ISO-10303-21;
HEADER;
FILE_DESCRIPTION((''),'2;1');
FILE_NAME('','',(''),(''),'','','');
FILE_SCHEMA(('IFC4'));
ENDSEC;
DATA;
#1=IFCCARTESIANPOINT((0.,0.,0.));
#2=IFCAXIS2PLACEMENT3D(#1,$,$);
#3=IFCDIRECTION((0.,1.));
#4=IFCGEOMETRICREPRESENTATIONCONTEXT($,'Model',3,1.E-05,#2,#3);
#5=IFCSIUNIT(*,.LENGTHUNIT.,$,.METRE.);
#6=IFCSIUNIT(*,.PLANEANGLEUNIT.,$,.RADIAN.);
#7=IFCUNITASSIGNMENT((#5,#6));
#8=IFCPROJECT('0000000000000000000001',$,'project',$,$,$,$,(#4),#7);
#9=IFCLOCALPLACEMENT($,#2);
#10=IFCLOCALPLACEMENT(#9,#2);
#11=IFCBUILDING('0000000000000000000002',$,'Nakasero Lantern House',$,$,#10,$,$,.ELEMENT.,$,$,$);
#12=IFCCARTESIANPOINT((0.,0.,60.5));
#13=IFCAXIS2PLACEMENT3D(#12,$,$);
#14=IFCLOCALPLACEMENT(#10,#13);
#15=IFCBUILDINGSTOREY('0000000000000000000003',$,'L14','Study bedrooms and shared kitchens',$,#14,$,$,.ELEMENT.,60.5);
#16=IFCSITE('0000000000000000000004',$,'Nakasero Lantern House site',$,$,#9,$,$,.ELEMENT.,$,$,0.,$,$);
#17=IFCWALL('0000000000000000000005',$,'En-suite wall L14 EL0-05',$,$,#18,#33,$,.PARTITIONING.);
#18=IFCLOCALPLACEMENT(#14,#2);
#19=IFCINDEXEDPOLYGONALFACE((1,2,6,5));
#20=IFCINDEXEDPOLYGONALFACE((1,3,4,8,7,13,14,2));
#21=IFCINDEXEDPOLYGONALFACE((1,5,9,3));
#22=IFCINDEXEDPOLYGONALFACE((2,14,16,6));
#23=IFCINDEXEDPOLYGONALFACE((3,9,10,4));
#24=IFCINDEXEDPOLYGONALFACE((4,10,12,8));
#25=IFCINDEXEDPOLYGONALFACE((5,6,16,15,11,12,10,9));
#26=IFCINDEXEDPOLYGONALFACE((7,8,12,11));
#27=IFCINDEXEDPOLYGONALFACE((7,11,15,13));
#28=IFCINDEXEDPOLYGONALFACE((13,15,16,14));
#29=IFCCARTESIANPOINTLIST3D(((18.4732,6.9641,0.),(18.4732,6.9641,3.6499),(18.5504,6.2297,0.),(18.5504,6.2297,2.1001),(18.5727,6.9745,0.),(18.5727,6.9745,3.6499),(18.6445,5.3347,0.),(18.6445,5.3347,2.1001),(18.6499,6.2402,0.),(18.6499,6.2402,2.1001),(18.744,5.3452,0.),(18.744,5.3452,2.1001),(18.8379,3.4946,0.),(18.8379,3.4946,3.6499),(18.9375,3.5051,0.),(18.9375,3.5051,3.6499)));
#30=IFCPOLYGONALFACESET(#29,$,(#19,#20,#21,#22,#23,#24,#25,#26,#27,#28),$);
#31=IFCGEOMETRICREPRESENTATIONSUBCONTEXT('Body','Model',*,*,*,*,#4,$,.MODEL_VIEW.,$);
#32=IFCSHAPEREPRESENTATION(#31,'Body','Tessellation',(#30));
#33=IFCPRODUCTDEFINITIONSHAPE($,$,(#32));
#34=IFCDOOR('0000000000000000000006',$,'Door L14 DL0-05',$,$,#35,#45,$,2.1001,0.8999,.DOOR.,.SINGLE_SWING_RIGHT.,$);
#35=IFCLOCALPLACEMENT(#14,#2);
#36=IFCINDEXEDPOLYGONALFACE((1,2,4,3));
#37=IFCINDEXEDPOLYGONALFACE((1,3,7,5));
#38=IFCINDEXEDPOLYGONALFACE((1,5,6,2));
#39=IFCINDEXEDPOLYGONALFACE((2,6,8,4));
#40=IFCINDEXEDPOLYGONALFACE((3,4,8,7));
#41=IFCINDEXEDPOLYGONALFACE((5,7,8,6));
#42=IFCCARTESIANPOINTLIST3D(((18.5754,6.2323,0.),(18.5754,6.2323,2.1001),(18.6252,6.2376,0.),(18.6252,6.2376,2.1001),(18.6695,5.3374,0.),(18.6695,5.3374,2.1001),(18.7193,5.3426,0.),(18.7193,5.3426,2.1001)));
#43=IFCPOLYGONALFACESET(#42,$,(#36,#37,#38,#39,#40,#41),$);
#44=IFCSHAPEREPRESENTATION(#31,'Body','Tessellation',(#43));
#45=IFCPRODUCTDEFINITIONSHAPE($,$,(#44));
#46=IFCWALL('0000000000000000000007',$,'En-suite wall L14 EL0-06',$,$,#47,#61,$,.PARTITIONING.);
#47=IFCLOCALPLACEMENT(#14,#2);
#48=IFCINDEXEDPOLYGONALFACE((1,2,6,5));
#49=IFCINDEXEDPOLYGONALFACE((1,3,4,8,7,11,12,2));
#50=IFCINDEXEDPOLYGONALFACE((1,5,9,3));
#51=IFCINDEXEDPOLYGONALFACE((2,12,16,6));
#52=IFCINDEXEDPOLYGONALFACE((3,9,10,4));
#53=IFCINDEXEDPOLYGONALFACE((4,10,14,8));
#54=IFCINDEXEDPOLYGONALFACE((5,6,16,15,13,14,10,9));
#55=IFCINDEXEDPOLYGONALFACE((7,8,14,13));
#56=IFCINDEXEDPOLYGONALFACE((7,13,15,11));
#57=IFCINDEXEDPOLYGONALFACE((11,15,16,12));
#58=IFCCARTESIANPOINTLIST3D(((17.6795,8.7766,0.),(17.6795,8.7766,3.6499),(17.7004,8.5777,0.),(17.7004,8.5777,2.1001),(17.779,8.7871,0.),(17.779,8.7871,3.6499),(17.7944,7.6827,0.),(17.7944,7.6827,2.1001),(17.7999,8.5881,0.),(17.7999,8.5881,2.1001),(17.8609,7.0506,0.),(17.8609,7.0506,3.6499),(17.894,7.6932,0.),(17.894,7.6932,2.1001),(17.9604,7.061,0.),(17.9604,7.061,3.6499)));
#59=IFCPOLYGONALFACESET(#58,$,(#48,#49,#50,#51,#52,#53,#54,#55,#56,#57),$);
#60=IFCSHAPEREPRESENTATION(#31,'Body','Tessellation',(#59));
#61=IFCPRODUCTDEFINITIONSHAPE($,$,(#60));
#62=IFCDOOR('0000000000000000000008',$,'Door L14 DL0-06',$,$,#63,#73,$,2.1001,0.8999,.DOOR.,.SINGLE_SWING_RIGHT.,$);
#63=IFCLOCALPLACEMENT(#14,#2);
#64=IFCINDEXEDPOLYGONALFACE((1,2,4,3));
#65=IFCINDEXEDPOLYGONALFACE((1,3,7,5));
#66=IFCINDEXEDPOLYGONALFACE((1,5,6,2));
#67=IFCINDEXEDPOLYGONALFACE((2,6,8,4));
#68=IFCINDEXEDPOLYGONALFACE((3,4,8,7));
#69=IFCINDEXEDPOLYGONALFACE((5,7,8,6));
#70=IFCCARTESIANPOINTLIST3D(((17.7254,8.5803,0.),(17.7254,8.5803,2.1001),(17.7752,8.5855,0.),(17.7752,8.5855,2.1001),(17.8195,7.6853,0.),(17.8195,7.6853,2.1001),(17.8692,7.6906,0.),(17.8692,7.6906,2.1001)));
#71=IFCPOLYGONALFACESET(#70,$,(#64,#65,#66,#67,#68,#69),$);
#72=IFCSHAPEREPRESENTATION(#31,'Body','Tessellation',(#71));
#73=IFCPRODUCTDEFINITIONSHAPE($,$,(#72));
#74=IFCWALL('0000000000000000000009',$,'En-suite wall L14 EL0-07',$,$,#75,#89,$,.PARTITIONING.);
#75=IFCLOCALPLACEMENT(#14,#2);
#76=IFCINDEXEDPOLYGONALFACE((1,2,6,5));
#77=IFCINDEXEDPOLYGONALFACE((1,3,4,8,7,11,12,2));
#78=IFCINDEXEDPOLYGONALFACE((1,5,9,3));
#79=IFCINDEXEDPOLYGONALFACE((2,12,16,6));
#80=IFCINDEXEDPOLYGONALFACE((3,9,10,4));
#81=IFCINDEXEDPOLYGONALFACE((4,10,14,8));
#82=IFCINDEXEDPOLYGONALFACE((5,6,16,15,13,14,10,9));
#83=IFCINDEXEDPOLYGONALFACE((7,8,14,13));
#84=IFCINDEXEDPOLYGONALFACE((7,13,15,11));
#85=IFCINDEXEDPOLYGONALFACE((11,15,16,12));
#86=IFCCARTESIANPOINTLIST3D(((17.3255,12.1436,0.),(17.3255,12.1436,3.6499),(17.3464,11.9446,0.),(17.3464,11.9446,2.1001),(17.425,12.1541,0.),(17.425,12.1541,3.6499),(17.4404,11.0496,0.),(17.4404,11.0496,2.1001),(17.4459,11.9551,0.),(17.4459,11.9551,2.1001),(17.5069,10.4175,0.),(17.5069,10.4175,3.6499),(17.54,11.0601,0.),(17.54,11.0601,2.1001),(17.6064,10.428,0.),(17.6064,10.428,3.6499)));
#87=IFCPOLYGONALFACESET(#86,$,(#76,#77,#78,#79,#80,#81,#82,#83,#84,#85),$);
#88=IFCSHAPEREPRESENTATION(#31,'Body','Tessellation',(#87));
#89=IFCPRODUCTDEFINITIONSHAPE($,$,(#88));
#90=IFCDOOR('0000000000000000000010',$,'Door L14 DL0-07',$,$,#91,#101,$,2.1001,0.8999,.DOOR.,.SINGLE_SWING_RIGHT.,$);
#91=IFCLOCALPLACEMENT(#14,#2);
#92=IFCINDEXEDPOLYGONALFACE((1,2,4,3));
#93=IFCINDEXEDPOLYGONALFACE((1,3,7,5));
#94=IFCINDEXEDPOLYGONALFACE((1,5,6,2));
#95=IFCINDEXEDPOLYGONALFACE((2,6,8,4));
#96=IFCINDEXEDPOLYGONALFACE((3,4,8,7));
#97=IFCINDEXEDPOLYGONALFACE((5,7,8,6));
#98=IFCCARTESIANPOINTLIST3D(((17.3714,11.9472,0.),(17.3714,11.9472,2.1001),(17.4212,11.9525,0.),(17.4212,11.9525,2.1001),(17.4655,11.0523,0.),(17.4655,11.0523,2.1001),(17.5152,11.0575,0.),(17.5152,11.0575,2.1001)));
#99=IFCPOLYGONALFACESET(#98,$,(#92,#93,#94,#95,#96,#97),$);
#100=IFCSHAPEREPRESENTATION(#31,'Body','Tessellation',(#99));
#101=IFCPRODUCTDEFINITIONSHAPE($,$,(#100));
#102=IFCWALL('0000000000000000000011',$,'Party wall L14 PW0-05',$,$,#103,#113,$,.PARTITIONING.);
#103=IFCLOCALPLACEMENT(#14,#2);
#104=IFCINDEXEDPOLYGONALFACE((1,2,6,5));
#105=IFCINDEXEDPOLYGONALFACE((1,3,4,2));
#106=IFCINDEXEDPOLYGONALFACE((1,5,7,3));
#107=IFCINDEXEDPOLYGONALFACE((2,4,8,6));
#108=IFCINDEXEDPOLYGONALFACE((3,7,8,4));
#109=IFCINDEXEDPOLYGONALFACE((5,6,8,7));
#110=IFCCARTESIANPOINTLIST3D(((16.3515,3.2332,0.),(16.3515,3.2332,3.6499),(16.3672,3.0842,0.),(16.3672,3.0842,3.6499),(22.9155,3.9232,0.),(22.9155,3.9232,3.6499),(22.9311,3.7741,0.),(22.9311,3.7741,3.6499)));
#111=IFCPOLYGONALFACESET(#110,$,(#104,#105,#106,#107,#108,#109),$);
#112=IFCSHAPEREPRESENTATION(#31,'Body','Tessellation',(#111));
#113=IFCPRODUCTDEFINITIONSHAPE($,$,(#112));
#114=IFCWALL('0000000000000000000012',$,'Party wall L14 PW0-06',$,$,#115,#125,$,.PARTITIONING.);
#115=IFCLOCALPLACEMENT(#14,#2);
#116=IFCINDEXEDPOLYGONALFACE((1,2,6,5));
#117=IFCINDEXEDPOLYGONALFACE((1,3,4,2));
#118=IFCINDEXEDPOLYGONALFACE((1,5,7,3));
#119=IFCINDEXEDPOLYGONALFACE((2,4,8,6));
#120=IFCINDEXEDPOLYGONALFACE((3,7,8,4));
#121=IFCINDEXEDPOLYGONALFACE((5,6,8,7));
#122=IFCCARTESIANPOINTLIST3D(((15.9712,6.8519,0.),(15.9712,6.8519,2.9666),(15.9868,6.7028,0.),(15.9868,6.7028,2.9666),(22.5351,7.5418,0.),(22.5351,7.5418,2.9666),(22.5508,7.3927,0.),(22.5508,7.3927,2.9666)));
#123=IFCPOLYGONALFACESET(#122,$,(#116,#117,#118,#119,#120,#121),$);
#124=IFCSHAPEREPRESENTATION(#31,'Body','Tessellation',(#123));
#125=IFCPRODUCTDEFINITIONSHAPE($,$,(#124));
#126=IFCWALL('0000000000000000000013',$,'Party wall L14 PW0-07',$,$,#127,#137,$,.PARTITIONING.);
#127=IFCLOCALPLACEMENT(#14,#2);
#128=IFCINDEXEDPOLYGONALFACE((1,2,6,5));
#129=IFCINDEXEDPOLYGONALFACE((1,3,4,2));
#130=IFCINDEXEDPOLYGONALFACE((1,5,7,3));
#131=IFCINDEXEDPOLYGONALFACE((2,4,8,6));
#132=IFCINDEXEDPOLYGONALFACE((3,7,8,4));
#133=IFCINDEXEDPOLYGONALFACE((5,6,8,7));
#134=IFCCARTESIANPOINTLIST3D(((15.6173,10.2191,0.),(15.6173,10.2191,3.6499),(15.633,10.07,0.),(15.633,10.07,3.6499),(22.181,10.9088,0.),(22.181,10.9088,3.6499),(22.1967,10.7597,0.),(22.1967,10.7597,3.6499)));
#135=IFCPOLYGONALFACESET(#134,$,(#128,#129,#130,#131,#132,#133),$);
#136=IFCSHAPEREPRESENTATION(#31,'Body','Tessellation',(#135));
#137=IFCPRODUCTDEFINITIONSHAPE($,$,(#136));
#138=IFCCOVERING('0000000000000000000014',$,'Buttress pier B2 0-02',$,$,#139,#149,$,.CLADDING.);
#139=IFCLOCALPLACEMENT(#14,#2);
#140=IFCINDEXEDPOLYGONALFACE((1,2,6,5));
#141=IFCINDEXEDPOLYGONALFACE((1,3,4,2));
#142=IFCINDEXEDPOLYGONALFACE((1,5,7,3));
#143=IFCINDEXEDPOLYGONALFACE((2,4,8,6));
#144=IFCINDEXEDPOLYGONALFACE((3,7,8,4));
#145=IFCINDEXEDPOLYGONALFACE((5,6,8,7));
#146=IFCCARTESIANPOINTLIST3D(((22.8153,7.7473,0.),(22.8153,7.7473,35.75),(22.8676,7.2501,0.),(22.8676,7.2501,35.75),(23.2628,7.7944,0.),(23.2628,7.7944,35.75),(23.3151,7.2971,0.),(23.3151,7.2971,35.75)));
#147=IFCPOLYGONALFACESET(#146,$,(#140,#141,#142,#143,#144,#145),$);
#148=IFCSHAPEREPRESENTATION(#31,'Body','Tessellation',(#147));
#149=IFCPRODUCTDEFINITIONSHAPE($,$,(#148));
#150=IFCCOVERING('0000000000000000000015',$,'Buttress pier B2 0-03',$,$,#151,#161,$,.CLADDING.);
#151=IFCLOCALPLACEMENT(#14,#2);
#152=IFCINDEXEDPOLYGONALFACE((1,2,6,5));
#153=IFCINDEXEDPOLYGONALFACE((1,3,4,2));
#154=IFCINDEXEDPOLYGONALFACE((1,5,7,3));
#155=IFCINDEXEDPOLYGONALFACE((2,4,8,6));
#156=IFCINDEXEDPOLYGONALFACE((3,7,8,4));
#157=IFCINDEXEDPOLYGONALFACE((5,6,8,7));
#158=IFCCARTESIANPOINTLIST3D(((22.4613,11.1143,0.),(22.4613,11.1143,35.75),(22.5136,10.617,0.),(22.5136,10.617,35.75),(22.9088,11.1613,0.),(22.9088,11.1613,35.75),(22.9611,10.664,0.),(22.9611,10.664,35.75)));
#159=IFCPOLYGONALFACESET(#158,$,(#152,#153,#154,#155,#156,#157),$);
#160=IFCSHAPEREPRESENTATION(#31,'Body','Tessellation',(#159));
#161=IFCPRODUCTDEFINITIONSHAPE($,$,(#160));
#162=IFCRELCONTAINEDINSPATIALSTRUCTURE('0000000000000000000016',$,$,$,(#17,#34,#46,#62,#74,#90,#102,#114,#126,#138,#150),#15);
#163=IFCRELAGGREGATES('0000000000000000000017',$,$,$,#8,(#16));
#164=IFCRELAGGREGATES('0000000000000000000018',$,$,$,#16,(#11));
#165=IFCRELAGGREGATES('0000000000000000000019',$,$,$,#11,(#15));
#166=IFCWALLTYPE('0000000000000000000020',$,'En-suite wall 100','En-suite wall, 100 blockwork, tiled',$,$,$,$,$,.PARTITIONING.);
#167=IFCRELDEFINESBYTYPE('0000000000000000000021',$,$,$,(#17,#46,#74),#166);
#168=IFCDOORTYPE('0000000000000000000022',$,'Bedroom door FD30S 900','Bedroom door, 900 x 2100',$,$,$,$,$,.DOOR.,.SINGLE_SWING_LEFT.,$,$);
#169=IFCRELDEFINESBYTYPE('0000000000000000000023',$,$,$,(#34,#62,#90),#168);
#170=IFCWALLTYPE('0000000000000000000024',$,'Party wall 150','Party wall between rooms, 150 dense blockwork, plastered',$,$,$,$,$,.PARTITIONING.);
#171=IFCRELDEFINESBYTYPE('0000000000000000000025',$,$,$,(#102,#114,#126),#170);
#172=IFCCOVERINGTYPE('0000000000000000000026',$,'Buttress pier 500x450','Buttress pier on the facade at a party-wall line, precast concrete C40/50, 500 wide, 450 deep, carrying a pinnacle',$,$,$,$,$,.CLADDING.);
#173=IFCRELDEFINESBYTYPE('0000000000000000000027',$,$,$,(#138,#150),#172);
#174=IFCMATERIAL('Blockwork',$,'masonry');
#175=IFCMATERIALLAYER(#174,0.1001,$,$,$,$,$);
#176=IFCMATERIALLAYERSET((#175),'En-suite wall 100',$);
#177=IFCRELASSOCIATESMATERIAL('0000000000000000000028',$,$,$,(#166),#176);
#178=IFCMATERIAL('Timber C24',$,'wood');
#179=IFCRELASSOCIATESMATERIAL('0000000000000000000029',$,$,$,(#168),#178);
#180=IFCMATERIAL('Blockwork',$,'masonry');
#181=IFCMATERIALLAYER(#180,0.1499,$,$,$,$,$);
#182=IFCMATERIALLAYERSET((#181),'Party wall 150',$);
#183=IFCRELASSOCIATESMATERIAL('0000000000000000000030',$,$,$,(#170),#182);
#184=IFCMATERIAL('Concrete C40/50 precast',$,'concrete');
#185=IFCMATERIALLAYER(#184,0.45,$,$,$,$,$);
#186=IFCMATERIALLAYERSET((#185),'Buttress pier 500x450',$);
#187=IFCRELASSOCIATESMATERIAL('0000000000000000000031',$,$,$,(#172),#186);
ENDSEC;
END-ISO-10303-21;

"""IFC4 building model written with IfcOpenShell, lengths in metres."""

from ifc_helpers import new_model, si_unit, direction, frame, frame_2d, origin, origin_2d, place, context, subcontext, project, spatial, rectangle, extrude, material, layer, layer_set, type_object, element, fill, save


model = new_model("IFC4")

# Units and contexts
model_context = context("Model", 3, precision=1e-05, world=origin(), true_north=direction((0.0, 1.0)))
body_context = subcontext(model_context, "Body", "Model", "MODEL_VIEW")
ifc_project = project(units=[si_unit("LENGTHUNIT", "METRE"), si_unit("PLANEANGLEUNIT", "RADIAN")], contexts=[model_context])

# Site, building, storey
site_placement = place(None, origin())
site = spatial("IfcSite", under=ifc_project, at=site_placement, Name="Nakasero Lantern House site", CompositionType="ELEMENT", RefElevation=0.0)
building_placement = place(site_placement, origin())
building = spatial("IfcBuilding", under=site, at=building_placement, Name="Nakasero Lantern House", CompositionType="ELEMENT")
storey_placement = place(building_placement, frame((0.0, 0.0, 60.5)))
storey = spatial("IfcBuildingStorey", under=building, at=storey_placement, Name="L14", Description="Study bedrooms and shared kitchens", CompositionType="ELEMENT", Elevation=60.5)

# Shared definitions
ifc_material_1 = material(Name="Blockwork", Category="masonry")
ifc_layer_1 = layer(ifc_material_1, 0.1001)
ifc_layer_set_1 = layer_set([ifc_layer_1], Name="En-suite wall 100")
wall_type_1 = type_object("IfcWallType", Name="En-suite wall 100", Description="En-suite wall, 100 blockwork, tiled", PredefinedType="PARTITIONING", material=ifc_layer_set_1)

# Walls, openings, doors
wall_1_placement = place(storey_placement, frame((18.8877, 3.5, 0.0), z_axis=(0.0, 0.0, 1.0), x_axis=(-0.104554, 0.994519, 0.0)))
wall_1 = element("IfcWall", 1, at=wall_1_placement, inside=storey, type_object=wall_type_1, Name="En-suite wall L14 EL0-05", PredefinedType="PARTITIONING", context=body_context, shape_type="SweptSolid", body=[
    extrude(rectangle(XDim=3.4885, YDim=0.1001, at=frame_2d((1.7441, 0.0))), origin(), (0.0, 0.0, 1.0), 3.6499),
])
opening_1_placement = place(wall_1_placement, frame((1.8501, 0.0, 0.0)))
opening_1 = element("IfcOpeningElement", 2, at=opening_1_placement, cuts=wall_1, PredefinedType="OPENING", context=body_context, shape_type="SweptSolid", body=[
    extrude(rectangle(XDim=0.8999, YDim=2.1001, at=frame_2d((0.45, 1.05))), frame((0.0, 0.0701, 0.0), z_axis=(0.0, -1.0, 0.0), x_axis=(1.0, 0.0, 0.0)), (0.0, 0.0, 1.0), 0.1401),
])
ifc_material_2 = material(Name="Timber C24", Category="wood")
door_type_1 = type_object("IfcDoorType", Name="Bedroom door FD30S 900", Description="Bedroom door, 900 x 2100", OperationType="SINGLE_SWING_LEFT", PredefinedType="DOOR", material=ifc_material_2)
door_1_placement = place(opening_1_placement, origin())
door_1 = element("IfcDoor", 3, at=door_1_placement, inside=storey, type_object=door_type_1, Name="Door L14 DL0-05", OperationType="SINGLE_SWING_RIGHT", OverallHeight=2.1001, OverallWidth=0.8999, PredefinedType="DOOR", context=body_context, shape_type="SweptSolid", body=[
    extrude(rectangle(XDim=0.8999, YDim=2.1001, at=frame_2d((0.45, 1.05))), frame((0.0, 0.0249, 0.0), z_axis=(0.0, -1.0, 0.0), x_axis=(1.0, 0.0, 0.0)), (0.0, 0.0, 1.0), 0.05),
])
fill(opening_1, door_1)
wall_2_placement = place(storey_placement, frame((17.9106, 7.0559, 0.0), z_axis=(0.0, 0.0, 1.0), x_axis=(-0.104516, 0.994523, 0.0)))
wall_2 = element("IfcWall", 4, at=wall_2_placement, inside=storey, type_object=wall_type_1, Name="En-suite wall L14 EL0-06", PredefinedType="PARTITIONING", context=body_context, shape_type="SweptSolid", body=[
    extrude(rectangle(XDim=1.7356, YDim=0.1001, at=frame_2d((0.8677, 0.0))), origin(), (0.0, 0.0, 1.0), 3.6499),
])
opening_2_placement = place(wall_2_placement, frame((0.6355, 0.0, 0.0)))
opening_2 = element("IfcOpeningElement", 5, at=opening_2_placement, cuts=wall_2, PredefinedType="OPENING", context=body_context, shape_type="SweptSolid", body=[
    extrude(rectangle(XDim=0.8999, YDim=2.1001, at=frame_2d((0.45, 1.05))), frame((0.0, 0.0701, 0.0), z_axis=(0.0, -1.0, 0.0), x_axis=(1.0, 0.0, 0.0)), (0.0, 0.0, 1.0), 0.1401),
])
door_2_placement = place(opening_2_placement, origin())
door_2 = element("IfcDoor", 6, at=door_2_placement, inside=storey, type_object=door_type_1, Name="Door L14 DL0-06", OperationType="SINGLE_SWING_RIGHT", OverallHeight=2.1001, OverallWidth=0.8999, PredefinedType="DOOR", context=body_context, shape_type="SweptSolid", body=[
    extrude(rectangle(XDim=0.8999, YDim=2.1001, at=frame_2d((0.45, 1.05))), frame((0.0, 0.0249, 0.0), z_axis=(0.0, -1.0, 0.0), x_axis=(1.0, 0.0, 0.0)), (0.0, 0.0, 1.0), 0.05),
])
fill(opening_2, door_2)
wall_3_placement = place(storey_placement, frame((17.5566, 10.4229, 0.0), z_axis=(0.0, 0.0, 1.0), x_axis=(-0.104516, 0.994523, 0.0)))
wall_3 = element("IfcWall", 7, at=wall_3_placement, inside=storey, type_object=wall_type_1, Name="En-suite wall L14 EL0-07", PredefinedType="PARTITIONING", context=body_context, shape_type="SweptSolid", body=[
    extrude(rectangle(XDim=1.7356, YDim=0.1001, at=frame_2d((0.8677, 0.0))), origin(), (0.0, 0.0, 1.0), 3.6499),
])
opening_3_placement = place(wall_3_placement, frame((0.6355, 0.0, 0.0)))
opening_3 = element("IfcOpeningElement", 8, at=opening_3_placement, cuts=wall_3, PredefinedType="OPENING", context=body_context, shape_type="SweptSolid", body=[
    extrude(rectangle(XDim=0.8999, YDim=2.1001, at=frame_2d((0.45, 1.05))), frame((0.0, 0.0701, 0.0), z_axis=(0.0, -1.0, 0.0), x_axis=(1.0, 0.0, 0.0)), (0.0, 0.0, 1.0), 0.1401),
])
door_3_placement = place(opening_3_placement, origin())
door_3 = element("IfcDoor", 9, at=door_3_placement, inside=storey, type_object=door_type_1, Name="Door L14 DL0-07", OperationType="SINGLE_SWING_RIGHT", OverallHeight=2.1001, OverallWidth=0.8999, PredefinedType="DOOR", context=body_context, shape_type="SweptSolid", body=[
    extrude(rectangle(XDim=0.8999, YDim=2.1001, at=frame_2d((0.45, 1.05))), frame((0.0, 0.0249, 0.0), z_axis=(0.0, -1.0, 0.0), x_axis=(1.0, 0.0, 0.0)), (0.0, 0.0, 1.0), 0.05),
])
fill(opening_3, door_3)

# Walls
ifc_material_3 = material(Name="Blockwork", Category="masonry")
ifc_layer_2 = layer(ifc_material_3, 0.1499)
ifc_layer_set_2 = layer_set([ifc_layer_2], Name="Party wall 150")
wall_type_2 = type_object("IfcWallType", Name="Party wall 150", Description="Party wall between rooms, 150 dense blockwork, plastered", PredefinedType="PARTITIONING", material=ifc_layer_set_2)
wall_4_placement = place(storey_placement, frame((16.3594, 3.1587, 0.0), z_axis=(0.0, 0.0, 1.0), x_axis=(0.994521, 0.104535, 0.0)))
element("IfcWall", 10, at=wall_4_placement, inside=storey, type_object=wall_type_2, Name="Party wall L14 PW0-05", PredefinedType="PARTITIONING", context=body_context, shape_type="SweptSolid", body=[
    extrude(rectangle(XDim=6.6001, YDim=0.1499, at=frame_2d((3.3, 0.0))), origin(), (0.0, 0.0, 1.0), 3.6499),
])
wall_5_placement = place(storey_placement, frame((15.979, 6.7773, 0.0), z_axis=(0.0, 0.0, 1.0), x_axis=(0.994521, 0.104535, 0.0)))
element("IfcWall", 11, at=wall_5_placement, inside=storey, type_object=wall_type_2, Name="Party wall L14 PW0-06", PredefinedType="PARTITIONING", context=body_context, shape_type="SweptSolid", body=[
    extrude(rectangle(XDim=6.6001, YDim=0.1499, at=frame_2d((3.3, 0.0))), origin(), (0.0, 0.0, 1.0), 2.9666),
])
wall_6_placement = place(storey_placement, frame((15.6252, 10.1445, 0.0), z_axis=(0.0, 0.0, 1.0), x_axis=(0.994525, 0.104502, 0.0)))
element("IfcWall", 12, at=wall_6_placement, inside=storey, type_object=wall_type_2, Name="Party wall L14 PW0-07", PredefinedType="PARTITIONING", context=body_context, shape_type="SweptSolid", body=[
    extrude(rectangle(XDim=6.5999, YDim=0.1499, at=frame_2d((3.2998, 0.0))), origin(), (0.0, 0.0, 1.0), 3.6499),
])

# Coverings
ifc_material_4 = material(Name="Concrete C40/50 precast", Category="concrete")
ifc_layer_3 = layer(ifc_material_4, 0.45)
ifc_layer_set_3 = layer_set([ifc_layer_3], Name="Buttress pier 500x450")
covering_type = type_object("IfcCoveringType", Name="Buttress pier 500x450", Description="Buttress pier on the facade at a party-wall line, precast concrete C40/50, 500 wide, 450 deep, carrying a pinnacle", PredefinedType="CLADDING", material=ifc_layer_set_3)
for number, where, z_axis, x_axis, name in (
    (13, (23.0652, 7.5222, 0.0), (0.0, 0.0, 1.0), (0.994522, 0.104528, 0.0), "Buttress pier B2 0-02"),
    (14, (22.7112, 10.8892, 0.0), (0.0, 0.0, 1.0), (0.994522, 0.104528, 0.0), "Buttress pier B2 0-03"),
):
    element("IfcCovering", number, at=place(storey_placement, frame(where, z_axis=z_axis, x_axis=x_axis)), inside=storey, type_object=covering_type, Name=name, PredefinedType="CLADDING", context=body_context, shape_type="SweptSolid", body=[
        extrude(rectangle(XDim=0.45, YDim=0.5, at=origin_2d()), origin(), (0.0, 0.0, 1.0), 35.75),
    ])

save(model, "model.ifc")
